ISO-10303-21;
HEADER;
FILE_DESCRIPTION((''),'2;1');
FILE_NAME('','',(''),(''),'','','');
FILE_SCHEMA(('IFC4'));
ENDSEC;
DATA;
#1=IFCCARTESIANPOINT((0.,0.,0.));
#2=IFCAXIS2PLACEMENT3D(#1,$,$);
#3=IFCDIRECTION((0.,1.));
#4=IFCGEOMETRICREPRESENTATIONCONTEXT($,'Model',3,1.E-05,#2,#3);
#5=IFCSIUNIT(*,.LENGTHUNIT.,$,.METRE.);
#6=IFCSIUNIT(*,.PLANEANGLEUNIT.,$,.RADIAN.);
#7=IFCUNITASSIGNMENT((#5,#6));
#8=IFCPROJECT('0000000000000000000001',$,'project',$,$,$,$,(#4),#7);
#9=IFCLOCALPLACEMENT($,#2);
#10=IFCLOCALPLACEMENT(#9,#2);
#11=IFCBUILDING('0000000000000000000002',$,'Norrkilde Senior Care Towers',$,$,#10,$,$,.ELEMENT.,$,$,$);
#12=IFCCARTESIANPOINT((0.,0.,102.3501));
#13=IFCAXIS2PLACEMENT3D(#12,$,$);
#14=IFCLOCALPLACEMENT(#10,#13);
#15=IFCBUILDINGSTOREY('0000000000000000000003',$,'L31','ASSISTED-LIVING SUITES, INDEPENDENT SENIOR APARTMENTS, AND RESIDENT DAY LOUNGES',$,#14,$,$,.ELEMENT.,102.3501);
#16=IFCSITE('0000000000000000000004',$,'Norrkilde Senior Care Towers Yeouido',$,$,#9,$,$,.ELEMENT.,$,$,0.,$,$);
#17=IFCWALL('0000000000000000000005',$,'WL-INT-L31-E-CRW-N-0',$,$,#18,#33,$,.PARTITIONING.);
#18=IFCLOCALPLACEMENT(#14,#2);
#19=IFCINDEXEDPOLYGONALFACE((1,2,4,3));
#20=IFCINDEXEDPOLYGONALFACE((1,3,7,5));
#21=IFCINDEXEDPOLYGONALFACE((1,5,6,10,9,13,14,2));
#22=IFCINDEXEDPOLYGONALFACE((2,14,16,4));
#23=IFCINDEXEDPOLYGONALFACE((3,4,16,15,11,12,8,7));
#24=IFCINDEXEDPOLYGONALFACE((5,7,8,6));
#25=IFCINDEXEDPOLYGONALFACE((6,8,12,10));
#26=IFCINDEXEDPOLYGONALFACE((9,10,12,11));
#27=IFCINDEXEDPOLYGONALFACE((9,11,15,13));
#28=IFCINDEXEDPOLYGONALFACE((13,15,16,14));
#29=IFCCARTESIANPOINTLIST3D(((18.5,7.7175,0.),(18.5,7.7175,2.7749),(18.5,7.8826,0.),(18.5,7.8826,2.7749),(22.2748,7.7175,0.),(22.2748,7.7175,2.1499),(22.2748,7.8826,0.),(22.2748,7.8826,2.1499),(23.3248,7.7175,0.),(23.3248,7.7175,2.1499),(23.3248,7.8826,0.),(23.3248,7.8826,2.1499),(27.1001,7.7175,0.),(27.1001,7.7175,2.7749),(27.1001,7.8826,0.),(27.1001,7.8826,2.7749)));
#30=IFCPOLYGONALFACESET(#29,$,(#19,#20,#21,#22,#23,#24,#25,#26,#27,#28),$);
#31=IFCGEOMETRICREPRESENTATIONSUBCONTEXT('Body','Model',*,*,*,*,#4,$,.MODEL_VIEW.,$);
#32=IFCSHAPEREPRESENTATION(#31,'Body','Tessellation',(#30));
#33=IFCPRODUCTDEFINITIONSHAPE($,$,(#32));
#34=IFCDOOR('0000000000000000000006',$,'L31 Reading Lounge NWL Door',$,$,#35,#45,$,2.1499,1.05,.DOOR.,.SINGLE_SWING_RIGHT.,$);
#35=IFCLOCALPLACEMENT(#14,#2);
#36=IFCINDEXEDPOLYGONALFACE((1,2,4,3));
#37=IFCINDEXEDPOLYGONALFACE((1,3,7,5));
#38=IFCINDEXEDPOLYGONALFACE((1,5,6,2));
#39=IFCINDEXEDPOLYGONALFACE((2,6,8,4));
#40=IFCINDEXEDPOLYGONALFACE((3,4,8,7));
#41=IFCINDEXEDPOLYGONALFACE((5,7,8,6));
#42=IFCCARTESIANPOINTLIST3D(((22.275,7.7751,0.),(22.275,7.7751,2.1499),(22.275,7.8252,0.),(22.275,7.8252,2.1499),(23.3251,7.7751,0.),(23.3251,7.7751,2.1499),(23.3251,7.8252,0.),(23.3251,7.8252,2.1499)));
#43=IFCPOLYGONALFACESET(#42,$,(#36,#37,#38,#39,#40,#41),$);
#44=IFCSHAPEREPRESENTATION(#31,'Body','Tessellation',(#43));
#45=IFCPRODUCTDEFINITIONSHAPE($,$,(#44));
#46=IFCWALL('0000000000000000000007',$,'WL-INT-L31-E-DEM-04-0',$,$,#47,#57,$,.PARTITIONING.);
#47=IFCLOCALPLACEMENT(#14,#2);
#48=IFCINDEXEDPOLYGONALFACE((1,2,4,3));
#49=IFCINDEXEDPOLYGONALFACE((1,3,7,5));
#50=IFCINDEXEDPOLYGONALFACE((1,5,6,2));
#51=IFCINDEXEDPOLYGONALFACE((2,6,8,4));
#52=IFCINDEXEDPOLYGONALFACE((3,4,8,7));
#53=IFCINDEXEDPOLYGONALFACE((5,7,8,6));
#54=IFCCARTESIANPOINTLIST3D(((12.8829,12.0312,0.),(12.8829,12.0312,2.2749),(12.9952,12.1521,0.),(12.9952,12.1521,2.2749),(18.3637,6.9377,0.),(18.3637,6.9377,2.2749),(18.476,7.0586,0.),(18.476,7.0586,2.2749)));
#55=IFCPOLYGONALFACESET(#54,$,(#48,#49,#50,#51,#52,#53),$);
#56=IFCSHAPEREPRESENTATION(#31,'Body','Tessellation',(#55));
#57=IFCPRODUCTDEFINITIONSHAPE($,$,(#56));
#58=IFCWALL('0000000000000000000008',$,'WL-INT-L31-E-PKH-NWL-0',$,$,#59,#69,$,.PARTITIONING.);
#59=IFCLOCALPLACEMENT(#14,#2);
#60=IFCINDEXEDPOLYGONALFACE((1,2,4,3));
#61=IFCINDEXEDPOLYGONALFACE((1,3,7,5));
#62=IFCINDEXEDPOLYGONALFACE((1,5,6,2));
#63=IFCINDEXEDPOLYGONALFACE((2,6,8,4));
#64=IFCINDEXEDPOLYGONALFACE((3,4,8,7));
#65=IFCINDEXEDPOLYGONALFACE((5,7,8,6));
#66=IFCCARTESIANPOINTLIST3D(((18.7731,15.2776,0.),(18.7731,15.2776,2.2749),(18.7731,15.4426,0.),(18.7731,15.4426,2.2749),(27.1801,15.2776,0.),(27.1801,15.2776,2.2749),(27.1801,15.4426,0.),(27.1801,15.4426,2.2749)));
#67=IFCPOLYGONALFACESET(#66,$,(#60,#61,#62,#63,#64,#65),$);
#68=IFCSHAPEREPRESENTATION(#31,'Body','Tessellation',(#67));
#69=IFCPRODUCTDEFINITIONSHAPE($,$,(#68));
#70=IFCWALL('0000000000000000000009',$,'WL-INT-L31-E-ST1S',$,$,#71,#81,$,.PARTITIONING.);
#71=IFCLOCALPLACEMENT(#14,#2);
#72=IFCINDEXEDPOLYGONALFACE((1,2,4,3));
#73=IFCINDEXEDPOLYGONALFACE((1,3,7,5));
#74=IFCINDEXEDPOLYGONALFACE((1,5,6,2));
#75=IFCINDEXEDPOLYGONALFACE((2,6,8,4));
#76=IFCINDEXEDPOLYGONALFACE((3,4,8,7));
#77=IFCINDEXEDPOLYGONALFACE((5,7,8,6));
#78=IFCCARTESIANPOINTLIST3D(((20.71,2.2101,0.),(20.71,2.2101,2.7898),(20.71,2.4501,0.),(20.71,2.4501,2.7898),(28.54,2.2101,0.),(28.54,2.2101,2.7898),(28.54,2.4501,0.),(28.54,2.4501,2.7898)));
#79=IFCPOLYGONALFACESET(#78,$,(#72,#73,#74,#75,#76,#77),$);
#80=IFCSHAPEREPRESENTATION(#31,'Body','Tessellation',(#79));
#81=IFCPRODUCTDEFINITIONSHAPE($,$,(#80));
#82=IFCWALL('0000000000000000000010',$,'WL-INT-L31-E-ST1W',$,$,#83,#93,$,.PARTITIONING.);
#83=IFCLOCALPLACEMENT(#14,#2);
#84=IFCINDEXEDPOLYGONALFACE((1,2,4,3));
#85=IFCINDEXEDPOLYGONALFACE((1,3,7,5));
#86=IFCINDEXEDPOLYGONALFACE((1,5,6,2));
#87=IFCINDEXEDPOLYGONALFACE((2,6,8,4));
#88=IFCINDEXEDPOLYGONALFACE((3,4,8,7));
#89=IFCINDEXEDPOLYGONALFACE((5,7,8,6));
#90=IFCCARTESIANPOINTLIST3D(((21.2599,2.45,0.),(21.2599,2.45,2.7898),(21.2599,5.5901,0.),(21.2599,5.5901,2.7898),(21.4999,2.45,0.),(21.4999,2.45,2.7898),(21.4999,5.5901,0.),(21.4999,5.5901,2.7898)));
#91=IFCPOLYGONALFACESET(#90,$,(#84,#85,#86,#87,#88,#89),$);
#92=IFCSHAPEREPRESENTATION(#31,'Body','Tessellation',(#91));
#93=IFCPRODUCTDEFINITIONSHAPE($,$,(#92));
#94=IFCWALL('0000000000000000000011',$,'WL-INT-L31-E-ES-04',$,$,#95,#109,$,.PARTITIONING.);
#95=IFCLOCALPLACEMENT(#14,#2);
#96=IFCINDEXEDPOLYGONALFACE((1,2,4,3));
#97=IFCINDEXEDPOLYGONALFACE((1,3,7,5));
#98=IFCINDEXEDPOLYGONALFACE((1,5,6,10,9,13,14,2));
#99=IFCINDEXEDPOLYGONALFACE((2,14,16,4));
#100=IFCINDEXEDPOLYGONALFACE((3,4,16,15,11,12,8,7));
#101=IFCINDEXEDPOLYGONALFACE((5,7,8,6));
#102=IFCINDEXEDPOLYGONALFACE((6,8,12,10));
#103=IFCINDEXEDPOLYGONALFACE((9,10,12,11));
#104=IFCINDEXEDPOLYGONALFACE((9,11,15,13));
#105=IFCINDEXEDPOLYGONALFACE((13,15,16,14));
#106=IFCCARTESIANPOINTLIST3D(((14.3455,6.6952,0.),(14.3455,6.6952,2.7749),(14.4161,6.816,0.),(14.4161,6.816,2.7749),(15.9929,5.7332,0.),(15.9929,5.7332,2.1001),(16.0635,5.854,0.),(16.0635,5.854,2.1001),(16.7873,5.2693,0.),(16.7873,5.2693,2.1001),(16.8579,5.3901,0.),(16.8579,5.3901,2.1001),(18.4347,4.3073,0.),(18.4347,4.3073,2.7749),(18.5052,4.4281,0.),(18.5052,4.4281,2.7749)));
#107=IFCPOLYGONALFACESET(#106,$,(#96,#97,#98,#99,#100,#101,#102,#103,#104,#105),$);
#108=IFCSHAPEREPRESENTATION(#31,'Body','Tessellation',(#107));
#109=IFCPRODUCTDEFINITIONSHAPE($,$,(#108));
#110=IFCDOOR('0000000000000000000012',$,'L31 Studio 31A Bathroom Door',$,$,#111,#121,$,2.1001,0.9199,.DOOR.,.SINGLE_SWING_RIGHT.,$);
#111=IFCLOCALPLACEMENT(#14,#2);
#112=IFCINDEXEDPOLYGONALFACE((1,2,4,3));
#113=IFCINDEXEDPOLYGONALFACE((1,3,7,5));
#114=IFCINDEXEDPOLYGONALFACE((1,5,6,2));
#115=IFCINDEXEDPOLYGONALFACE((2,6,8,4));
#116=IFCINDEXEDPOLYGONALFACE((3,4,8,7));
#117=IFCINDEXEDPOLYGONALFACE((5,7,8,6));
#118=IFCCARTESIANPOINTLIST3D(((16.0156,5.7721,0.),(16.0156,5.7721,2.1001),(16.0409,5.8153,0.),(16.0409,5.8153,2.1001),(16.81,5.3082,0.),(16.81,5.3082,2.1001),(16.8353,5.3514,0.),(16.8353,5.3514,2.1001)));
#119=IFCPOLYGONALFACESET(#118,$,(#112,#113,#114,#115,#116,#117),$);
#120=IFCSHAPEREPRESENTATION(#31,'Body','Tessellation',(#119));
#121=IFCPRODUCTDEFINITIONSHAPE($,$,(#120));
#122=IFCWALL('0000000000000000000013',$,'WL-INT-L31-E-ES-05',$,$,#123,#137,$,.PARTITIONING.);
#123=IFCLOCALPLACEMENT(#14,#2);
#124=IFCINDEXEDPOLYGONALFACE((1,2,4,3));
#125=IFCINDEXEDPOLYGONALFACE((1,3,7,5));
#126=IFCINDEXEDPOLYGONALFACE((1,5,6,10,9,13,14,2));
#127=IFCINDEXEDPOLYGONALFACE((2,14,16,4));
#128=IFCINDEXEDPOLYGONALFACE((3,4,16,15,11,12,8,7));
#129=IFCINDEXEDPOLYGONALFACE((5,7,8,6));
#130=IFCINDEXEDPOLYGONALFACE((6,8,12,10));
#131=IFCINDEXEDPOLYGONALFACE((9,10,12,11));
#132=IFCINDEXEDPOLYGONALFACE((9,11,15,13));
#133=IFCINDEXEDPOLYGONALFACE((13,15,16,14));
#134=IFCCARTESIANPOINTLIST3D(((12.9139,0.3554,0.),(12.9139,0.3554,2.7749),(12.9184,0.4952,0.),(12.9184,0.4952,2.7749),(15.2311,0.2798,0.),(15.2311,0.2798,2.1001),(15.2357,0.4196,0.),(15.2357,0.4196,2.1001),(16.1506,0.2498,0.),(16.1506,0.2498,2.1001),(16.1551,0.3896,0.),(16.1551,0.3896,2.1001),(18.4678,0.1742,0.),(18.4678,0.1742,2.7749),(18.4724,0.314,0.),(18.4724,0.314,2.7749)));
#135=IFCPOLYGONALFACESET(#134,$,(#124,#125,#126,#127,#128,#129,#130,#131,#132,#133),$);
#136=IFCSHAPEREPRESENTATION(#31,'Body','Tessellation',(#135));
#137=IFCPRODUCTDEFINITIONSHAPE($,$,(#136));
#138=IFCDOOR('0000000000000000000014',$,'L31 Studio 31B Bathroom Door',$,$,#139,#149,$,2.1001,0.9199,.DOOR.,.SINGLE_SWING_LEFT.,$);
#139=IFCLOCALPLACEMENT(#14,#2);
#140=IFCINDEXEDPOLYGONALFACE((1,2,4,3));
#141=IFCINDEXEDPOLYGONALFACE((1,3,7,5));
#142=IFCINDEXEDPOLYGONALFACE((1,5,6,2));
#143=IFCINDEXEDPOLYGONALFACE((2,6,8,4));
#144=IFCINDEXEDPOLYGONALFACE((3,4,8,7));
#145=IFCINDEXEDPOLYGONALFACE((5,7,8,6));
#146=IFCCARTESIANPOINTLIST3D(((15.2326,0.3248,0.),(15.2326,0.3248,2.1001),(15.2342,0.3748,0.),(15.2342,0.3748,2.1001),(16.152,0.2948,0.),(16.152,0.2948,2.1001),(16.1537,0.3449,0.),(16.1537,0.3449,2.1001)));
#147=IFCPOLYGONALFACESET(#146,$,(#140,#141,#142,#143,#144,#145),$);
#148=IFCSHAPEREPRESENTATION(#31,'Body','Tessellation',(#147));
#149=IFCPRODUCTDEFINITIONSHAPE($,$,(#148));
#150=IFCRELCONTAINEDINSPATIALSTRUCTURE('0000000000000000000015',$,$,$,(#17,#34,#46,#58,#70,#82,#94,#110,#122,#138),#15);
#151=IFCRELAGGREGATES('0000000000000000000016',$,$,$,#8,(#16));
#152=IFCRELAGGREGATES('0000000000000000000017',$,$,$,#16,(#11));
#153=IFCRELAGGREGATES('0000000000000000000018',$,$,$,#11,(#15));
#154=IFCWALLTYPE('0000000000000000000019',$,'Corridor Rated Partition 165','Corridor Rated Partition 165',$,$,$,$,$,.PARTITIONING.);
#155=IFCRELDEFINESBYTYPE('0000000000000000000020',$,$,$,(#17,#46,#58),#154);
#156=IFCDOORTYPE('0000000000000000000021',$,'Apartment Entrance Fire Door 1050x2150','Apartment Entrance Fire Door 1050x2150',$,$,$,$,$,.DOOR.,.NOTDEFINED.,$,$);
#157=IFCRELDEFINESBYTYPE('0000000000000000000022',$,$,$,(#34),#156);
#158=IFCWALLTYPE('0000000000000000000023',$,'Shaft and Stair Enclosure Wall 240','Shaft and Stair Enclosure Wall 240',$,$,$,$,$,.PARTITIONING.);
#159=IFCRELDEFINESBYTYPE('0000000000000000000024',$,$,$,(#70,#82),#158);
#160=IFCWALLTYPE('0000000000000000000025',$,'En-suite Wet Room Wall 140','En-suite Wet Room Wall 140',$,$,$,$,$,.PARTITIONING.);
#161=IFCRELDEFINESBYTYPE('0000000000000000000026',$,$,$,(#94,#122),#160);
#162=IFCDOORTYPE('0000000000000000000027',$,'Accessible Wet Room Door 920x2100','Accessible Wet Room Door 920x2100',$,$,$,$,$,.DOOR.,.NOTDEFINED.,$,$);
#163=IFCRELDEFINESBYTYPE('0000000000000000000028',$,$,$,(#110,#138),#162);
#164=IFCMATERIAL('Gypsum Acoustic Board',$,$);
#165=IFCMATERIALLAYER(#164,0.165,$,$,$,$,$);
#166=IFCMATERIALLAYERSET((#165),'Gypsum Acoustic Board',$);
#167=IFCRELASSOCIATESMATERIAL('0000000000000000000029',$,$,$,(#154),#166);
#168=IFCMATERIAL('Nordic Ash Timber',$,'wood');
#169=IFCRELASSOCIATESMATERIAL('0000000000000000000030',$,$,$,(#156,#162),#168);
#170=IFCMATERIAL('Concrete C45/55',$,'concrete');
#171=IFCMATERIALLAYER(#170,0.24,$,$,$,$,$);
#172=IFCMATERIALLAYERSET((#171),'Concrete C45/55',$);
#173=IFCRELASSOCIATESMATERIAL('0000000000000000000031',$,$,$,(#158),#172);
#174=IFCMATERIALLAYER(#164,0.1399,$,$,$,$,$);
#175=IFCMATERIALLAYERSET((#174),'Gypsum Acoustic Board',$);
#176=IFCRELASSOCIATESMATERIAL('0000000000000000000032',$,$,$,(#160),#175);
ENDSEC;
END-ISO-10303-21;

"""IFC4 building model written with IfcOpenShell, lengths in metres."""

from ifc_helpers import new_model, si_unit, direction, frame, frame_2d, origin, place, context, subcontext, project, spatial, rectangle, extrude, source, transform, mapped, material, layer, layer_set, type_object, type_shapes, element, fill, save


model = new_model("IFC4")

# Units and contexts
model_context = context("Model", 3, precision=1e-05, world=origin(), true_north=direction((0.0, 1.0)))
body_context = subcontext(model_context, "Body", "Model", "MODEL_VIEW")
ifc_project = project(units=[si_unit("LENGTHUNIT", "METRE"), si_unit("PLANEANGLEUNIT", "RADIAN")], contexts=[model_context])

# Site, building, storey
site_placement = place(None, origin())
site = spatial("IfcSite", under=ifc_project, at=site_placement, Name="Norrkilde Senior Care Towers Yeouido", CompositionType="ELEMENT", RefElevation=0.0)
building_placement = place(site_placement, origin())
building = spatial("IfcBuilding", under=site, at=building_placement, Name="Norrkilde Senior Care Towers", CompositionType="ELEMENT")
storey_placement = place(building_placement, frame((0.0, 0.0, 102.3501)))
storey = spatial("IfcBuildingStorey", under=building, at=storey_placement, Name="L31", Description="ASSISTED-LIVING SUITES, INDEPENDENT SENIOR APARTMENTS, AND RESIDENT DAY LOUNGES", CompositionType="ELEMENT", Elevation=102.3501)

# Wall, opening, door
ifc_material_1 = material(Name="Gypsum Acoustic Board")
ifc_layer_1 = layer(ifc_material_1, 0.165)
ifc_layer_set_1 = layer_set([ifc_layer_1], Name="Gypsum Acoustic Board")
wall_type_1 = type_object("IfcWallType", Name="Corridor Rated Partition 165", Description="Corridor Rated Partition 165", PredefinedType="PARTITIONING", material=ifc_layer_set_1)
shared_shape_1 = source(origin(), body_context, "Body", "SweptSolid", [
    extrude(rectangle(XDim=8.6001, YDim=0.165, at=frame_2d((4.3, 0.0))), origin(), (0.0, 0.0, 1.0), 2.7749),
])
wall_1_placement = place(storey_placement, frame((18.5, 7.8, 0.0), z_axis=(0.0, 0.0, 1.0), x_axis=(1.0, 0.0, 0.0)))
wall_1 = element("IfcWall", 1, at=wall_1_placement, inside=storey, type_object=wall_type_1, Name="WL-INT-L31-E-CRW-N-0", PredefinedType="PARTITIONING", context=body_context, shape_type="MappedRepresentation", body=[
    mapped(shared_shape_1, transform((0.0, 0.0, 0.0), x_axis=(1.0, 0.0, 0.0), y_axis=(0.0, 1.0, 0.0), z_axis=(0.0, 0.0, 1.0), scale=1.0)),
])
opening_1_placement = place(wall_1_placement, frame((3.7749, 0.0, 0.0)))
opening_1 = element("IfcOpeningElement", 2, at=opening_1_placement, cuts=wall_1, PredefinedType="OPENING", context=body_context, shape_type="SweptSolid", body=[
    extrude(rectangle(XDim=1.05, YDim=2.1499, at=frame_2d((0.5249, 1.075))), frame((0.0, 0.0925, 0.0), z_axis=(0.0, -1.0, 0.0), x_axis=(1.0, 0.0, 0.0)), (0.0, 0.0, 1.0), 0.1851),
])
ifc_material_2 = material(Name="Nordic Ash Timber", Category="wood")
door_type_1 = type_object("IfcDoorType", Name="Apartment Entrance Fire Door 1050x2150", Description="Apartment Entrance Fire Door 1050x2150", OperationType="NOTDEFINED", PredefinedType="DOOR", material=ifc_material_2)
shared_shape_2 = source(origin(), body_context, "Body", "SweptSolid", [
    extrude(rectangle(XDim=1.05, YDim=2.1499, at=frame_2d((0.5249, 1.075))), frame((0.0, 0.0249, 0.0), z_axis=(0.0, -1.0, 0.0), x_axis=(1.0, 0.0, 0.0)), (0.0, 0.0, 1.0), 0.05),
])
type_shapes(door_type_1, [shared_shape_2])
door_1_placement = place(opening_1_placement, frame((1.05, 0.0, 0.0), z_axis=(0.0, 0.0, 1.0), x_axis=(-1.0, 0.0, 0.0)))
door_1 = element("IfcDoor", 3, at=door_1_placement, inside=storey, type_object=door_type_1, Name="L31 Reading Lounge NWL Door", OperationType="SINGLE_SWING_RIGHT", OverallHeight=2.1499, OverallWidth=1.05, PredefinedType="DOOR", context=body_context, shape_type="MappedRepresentation", body=[
    mapped(shared_shape_2, transform((0.0, 0.0, 0.0), x_axis=(1.0, 0.0, 0.0), y_axis=(0.0, 1.0, 0.0), z_axis=(0.0, 0.0, 1.0), scale=1.0)),
])
fill(opening_1, door_1)

# Walls
shared_shape_3 = source(origin(), body_context, "Body", "SweptSolid", [
    extrude(rectangle(XDim=7.4822, YDim=0.165, at=frame_2d((3.7412, 0.0))), origin(), (0.0, 0.0, 1.0), 2.2749),
])
wall_2_placement = place(storey_placement, frame((18.4199, 6.998, 0.0), z_axis=(0.0, 0.0, 1.0), x_axis=(-0.732509, 0.680758, 0.0)))
element("IfcWall", 4, at=wall_2_placement, inside=storey, type_object=wall_type_1, Name="WL-INT-L31-E-DEM-04-0", PredefinedType="PARTITIONING", context=body_context, shape_type="MappedRepresentation", body=[
    mapped(shared_shape_3, transform((0.0, 0.0, 0.0), x_axis=(1.0, 0.0, 0.0), y_axis=(0.0, 1.0, 0.0), z_axis=(0.0, 0.0, 1.0), scale=1.0)),
])
shared_shape_4 = source(origin(), body_context, "Body", "SweptSolid", [
    extrude(rectangle(XDim=8.407, YDim=0.165, at=frame_2d((4.2036, 0.0))), origin(), (0.0, 0.0, 1.0), 2.2749),
])
type_shapes(wall_type_1, [shared_shape_1, shared_shape_3, shared_shape_4])
wall_3_placement = place(storey_placement, frame((18.7729, 15.3601, 0.0), z_axis=(0.0, 0.0, 1.0), x_axis=(1.0, 0.0, 0.0)))
element("IfcWall", 5, at=wall_3_placement, inside=storey, type_object=wall_type_1, Name="WL-INT-L31-E-PKH-NWL-0", PredefinedType="PARTITIONING", context=body_context, shape_type="MappedRepresentation", body=[
    mapped(shared_shape_4, transform((0.0, 0.0, 0.0), x_axis=(1.0, 0.0, 0.0), y_axis=(0.0, 1.0, 0.0), z_axis=(0.0, 0.0, 1.0), scale=1.0)),
])
ifc_material_3 = material(Name="Concrete C45/55", Category="concrete")
ifc_layer_2 = layer(ifc_material_3, 0.24)
ifc_layer_set_2 = layer_set([ifc_layer_2], Name="Concrete C45/55")
wall_type_2 = type_object("IfcWallType", Name="Shaft and Stair Enclosure Wall 240", Description="Shaft and Stair Enclosure Wall 240", PredefinedType="PARTITIONING", material=ifc_layer_set_2)
shared_shape_5 = source(origin(), body_context, "Body", "SweptSolid", [
    extrude(rectangle(XDim=7.8301, YDim=0.24, at=frame_2d((3.915, 0.0))), origin(), (0.0, 0.0, 1.0), 2.7898),
])
wall_4_placement = place(storey_placement, frame((20.71, 2.3301, 0.0), z_axis=(0.0, 0.0, 1.0), x_axis=(1.0, 0.0, 0.0)))
element("IfcWall", 6, at=wall_4_placement, inside=storey, type_object=wall_type_2, Name="WL-INT-L31-E-ST1S", PredefinedType="PARTITIONING", context=body_context, shape_type="MappedRepresentation", body=[
    mapped(shared_shape_5, transform((0.0, 0.0, 0.0), x_axis=(1.0, 0.0, 0.0), y_axis=(0.0, 1.0, 0.0), z_axis=(0.0, 0.0, 1.0), scale=1.0)),
])
shared_shape_6 = source(origin(), body_context, "Body", "SweptSolid", [
    extrude(rectangle(XDim=3.1401, YDim=0.24, at=frame_2d((1.5701, 0.0))), origin(), (0.0, 0.0, 1.0), 2.7898),
])
type_shapes(wall_type_2, [shared_shape_5, shared_shape_6])
wall_5_placement = place(storey_placement, frame((21.3799, 2.45, 0.0), z_axis=(0.0, 0.0, 1.0), x_axis=(0.0, 1.0, 0.0)))
element("IfcWall", 7, at=wall_5_placement, inside=storey, type_object=wall_type_2, Name="WL-INT-L31-E-ST1W", PredefinedType="PARTITIONING", context=body_context, shape_type="MappedRepresentation", body=[
    mapped(shared_shape_6, transform((0.0, 0.0, 0.0), x_axis=(1.0, 0.0, 0.0), y_axis=(0.0, 1.0, 0.0), z_axis=(0.0, 0.0, 1.0), scale=1.0)),
])

# Walls, openings, doors
ifc_layer_3 = layer(ifc_material_1, 0.1399)
ifc_layer_set_3 = layer_set([ifc_layer_3], Name="Gypsum Acoustic Board")
wall_type_3 = type_object("IfcWallType", Name="En-suite Wet Room Wall 140", Description="En-suite Wet Room Wall 140", PredefinedType="PARTITIONING", material=ifc_layer_set_3)
shared_shape_7 = source(origin(), body_context, "Body", "SweptSolid", [
    extrude(rectangle(XDim=4.7354, YDim=0.1399, at=frame_2d((2.3677, 0.0))), origin(), (0.0, 0.0, 1.0), 2.7749),
])
wall_6_placement = place(storey_placement, frame((18.47, 4.3677, 0.0), z_axis=(0.0, 0.0, 1.0), x_axis=(-0.863538, 0.504284, 0.0)))
wall_6 = element("IfcWall", 8, at=wall_6_placement, inside=storey, type_object=wall_type_3, Name="WL-INT-L31-E-ES-04", PredefinedType="PARTITIONING", context=body_context, shape_type="MappedRepresentation", body=[
    mapped(shared_shape_7, transform((0.0, 0.0, 0.0), x_axis=(1.0, 0.0, 0.0), y_axis=(0.0, 1.0, 0.0), z_axis=(0.0, 0.0, 1.0), scale=1.0)),
])
opening_2_placement = place(wall_6_placement, frame((1.9077, 0.0, 0.0)))
opening_2 = element("IfcOpeningElement", 9, at=opening_2_placement, cuts=wall_6, PredefinedType="OPENING", context=body_context, shape_type="SweptSolid", body=[
    extrude(rectangle(XDim=0.9199, YDim=2.1001, at=frame_2d((0.46, 1.05))), frame((0.0, 0.0798, 0.0), z_axis=(0.0, -1.0, 0.0), x_axis=(1.0, 0.0, 0.0)), (0.0, 0.0, 1.0), 0.1599),
])
door_type_2 = type_object("IfcDoorType", Name="Accessible Wet Room Door 920x2100", Description="Accessible Wet Room Door 920x2100", OperationType="NOTDEFINED", PredefinedType="DOOR", material=ifc_material_2)
shared_shape_8 = source(origin(), body_context, "Body", "SweptSolid", [
    extrude(rectangle(XDim=0.9199, YDim=2.1001, at=frame_2d((0.46, 1.05))), frame((0.0, 0.0249, 0.0), z_axis=(0.0, -1.0, 0.0), x_axis=(1.0, 0.0, 0.0)), (0.0, 0.0, 1.0), 0.05),
])
type_shapes(door_type_2, [shared_shape_8])
door_2_placement = place(opening_2_placement, origin())
door_2 = element("IfcDoor", 10, at=door_2_placement, inside=storey, type_object=door_type_2, Name="L31 Studio 31A Bathroom Door", OperationType="SINGLE_SWING_RIGHT", OverallHeight=2.1001, OverallWidth=0.9199, PredefinedType="DOOR", context=body_context, shape_type="MappedRepresentation", body=[
    mapped(shared_shape_8, transform((0.0, 0.0, 0.0), x_axis=(1.0, 0.0, 0.0), y_axis=(0.0, 1.0, 0.0), z_axis=(0.0, 0.0, 1.0), scale=1.0)),
])
fill(opening_2, door_2)
shared_shape_9 = source(origin(), body_context, "Body", "SweptSolid", [
    extrude(rectangle(XDim=5.5569, YDim=0.1399, at=frame_2d((2.7783, 0.0))), origin(), (0.0, 0.0, 1.0), 2.7749),
])
type_shapes(wall_type_3, [shared_shape_7, shared_shape_9])
wall_7_placement = place(storey_placement, frame((18.47, 0.2441, 0.0), z_axis=(0.0, 0.0, 1.0), x_axis=(-0.999468, 0.032599, 0.0)))
wall_7 = element("IfcWall", 11, at=wall_7_placement, inside=storey, type_object=wall_type_3, Name="WL-INT-L31-E-ES-05", PredefinedType="PARTITIONING", context=body_context, shape_type="MappedRepresentation", body=[
    mapped(shared_shape_9, transform((0.0, 0.0, 0.0), x_axis=(1.0, 0.0, 0.0), y_axis=(0.0, 1.0, 0.0), z_axis=(0.0, 0.0, 1.0), scale=1.0)),
])
opening_3_placement = place(wall_7_placement, frame((2.3184, 0.0, 0.0)))
opening_3 = element("IfcOpeningElement", 12, at=opening_3_placement, cuts=wall_7, PredefinedType="OPENING", context=body_context, shape_type="SweptSolid", body=[
    extrude(rectangle(XDim=0.9199, YDim=2.1001, at=frame_2d((0.46, 1.05))), frame((0.0, 0.0798, 0.0), z_axis=(0.0, -1.0, 0.0), x_axis=(1.0, 0.0, 0.0)), (0.0, 0.0, 1.0), 0.1599),
])
door_3_placement = place(opening_3_placement, origin())
door_3 = element("IfcDoor", 13, at=door_3_placement, inside=storey, type_object=door_type_2, Name="L31 Studio 31B Bathroom Door", OperationType="SINGLE_SWING_LEFT", OverallHeight=2.1001, OverallWidth=0.9199, PredefinedType="DOOR", context=body_context, shape_type="MappedRepresentation", body=[
    mapped(shared_shape_8, transform((0.0, 0.0, 0.0), x_axis=(1.0, 0.0, 0.0), y_axis=(0.0, 1.0, 0.0), z_axis=(0.0, 0.0, 1.0), scale=1.0)),
])
fill(opening_3, door_3)

save(model, "model.ifc")
